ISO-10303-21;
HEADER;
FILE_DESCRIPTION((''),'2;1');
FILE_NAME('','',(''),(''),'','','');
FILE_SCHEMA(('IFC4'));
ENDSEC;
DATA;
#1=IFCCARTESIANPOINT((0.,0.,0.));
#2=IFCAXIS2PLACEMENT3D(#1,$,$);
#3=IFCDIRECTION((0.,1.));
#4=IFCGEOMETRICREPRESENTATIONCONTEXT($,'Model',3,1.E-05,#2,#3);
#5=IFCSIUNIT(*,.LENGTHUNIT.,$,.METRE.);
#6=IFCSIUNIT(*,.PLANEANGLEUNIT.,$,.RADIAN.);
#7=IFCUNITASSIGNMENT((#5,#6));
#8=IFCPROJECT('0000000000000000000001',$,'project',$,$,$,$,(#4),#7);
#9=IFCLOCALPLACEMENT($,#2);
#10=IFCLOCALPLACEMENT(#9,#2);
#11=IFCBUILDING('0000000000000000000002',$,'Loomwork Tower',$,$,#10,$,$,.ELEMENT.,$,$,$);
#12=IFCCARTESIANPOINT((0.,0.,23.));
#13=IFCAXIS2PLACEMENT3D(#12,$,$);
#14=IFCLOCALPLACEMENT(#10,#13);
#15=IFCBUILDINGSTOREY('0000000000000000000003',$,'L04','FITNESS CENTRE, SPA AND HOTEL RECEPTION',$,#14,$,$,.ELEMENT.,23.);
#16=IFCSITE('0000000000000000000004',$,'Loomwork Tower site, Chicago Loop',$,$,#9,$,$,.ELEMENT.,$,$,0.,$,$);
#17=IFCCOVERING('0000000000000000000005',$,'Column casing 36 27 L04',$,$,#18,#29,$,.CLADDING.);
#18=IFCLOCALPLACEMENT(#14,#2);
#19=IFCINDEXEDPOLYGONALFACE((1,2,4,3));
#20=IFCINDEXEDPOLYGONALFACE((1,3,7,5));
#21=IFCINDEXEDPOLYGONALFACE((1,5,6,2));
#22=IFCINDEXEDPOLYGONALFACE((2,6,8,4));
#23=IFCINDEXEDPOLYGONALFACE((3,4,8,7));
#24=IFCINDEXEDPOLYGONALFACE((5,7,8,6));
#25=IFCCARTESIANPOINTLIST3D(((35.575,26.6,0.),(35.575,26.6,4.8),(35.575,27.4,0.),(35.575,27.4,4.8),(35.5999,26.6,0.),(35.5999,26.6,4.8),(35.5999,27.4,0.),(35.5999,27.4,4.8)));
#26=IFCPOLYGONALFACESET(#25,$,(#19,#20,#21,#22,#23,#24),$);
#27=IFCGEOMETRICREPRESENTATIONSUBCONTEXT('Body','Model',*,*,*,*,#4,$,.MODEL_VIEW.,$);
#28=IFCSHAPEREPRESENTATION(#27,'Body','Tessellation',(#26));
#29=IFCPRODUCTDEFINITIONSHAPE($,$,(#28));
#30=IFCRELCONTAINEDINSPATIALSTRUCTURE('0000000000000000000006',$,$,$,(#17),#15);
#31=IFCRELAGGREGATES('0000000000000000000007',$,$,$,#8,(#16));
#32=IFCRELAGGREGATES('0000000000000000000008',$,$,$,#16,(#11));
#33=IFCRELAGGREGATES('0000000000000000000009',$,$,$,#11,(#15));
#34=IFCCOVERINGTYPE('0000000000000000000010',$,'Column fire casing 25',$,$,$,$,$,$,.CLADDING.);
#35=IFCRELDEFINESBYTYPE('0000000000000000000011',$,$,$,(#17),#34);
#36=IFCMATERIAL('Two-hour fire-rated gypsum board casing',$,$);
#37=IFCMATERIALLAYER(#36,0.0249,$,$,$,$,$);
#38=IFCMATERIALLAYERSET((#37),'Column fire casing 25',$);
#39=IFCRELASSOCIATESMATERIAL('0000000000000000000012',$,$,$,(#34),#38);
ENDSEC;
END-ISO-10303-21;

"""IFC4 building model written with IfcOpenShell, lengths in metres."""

from ifc_helpers import new_model, si_unit, direction, frame, origin, origin_2d, place, context, subcontext, project, spatial, rectangle, extrude, material, layer, layer_set, type_object, element, save


model = new_model("IFC4")

# Units and contexts
model_context = context("Model", 3, precision=1e-05, world=origin(), true_north=direction((0.0, 1.0)))
body_context = subcontext(model_context, "Body", "Model", "MODEL_VIEW")
ifc_project = project(units=[si_unit("LENGTHUNIT", "METRE"), si_unit("PLANEANGLEUNIT", "RADIAN")], contexts=[model_context])

# Site, building, storey
site_placement = place(None, origin())
site = spatial("IfcSite", under=ifc_project, at=site_placement, Name="Loomwork Tower site, Chicago Loop", CompositionType="ELEMENT", RefElevation=0.0)
building_placement = place(site_placement, origin())
building = spatial("IfcBuilding", under=site, at=building_placement, Name="Loomwork Tower", CompositionType="ELEMENT")
storey_placement = place(building_placement, frame((0.0, 0.0, 23.0)))
storey = spatial("IfcBuildingStorey", under=building, at=storey_placement, Name="L04", Description="FITNESS CENTRE, SPA AND HOTEL RECEPTION", CompositionType="ELEMENT", Elevation=23.0)

# Covering
ifc_material_1 = material(Name="Two-hour fire-rated gypsum board casing")
ifc_layer_1 = layer(ifc_material_1, 0.0249)
ifc_layer_set_1 = layer_set([ifc_layer_1], Name="Column fire casing 25")
covering_type = type_object("IfcCoveringType", Name="Column fire casing 25", PredefinedType="CLADDING", material=ifc_layer_set_1)
for number, where, z_axis, x_axis, name in (
    (1, (35.5874, 27.0, 0.0), (0.0, 0.0, 1.0), (1.0, 0.0, 0.0), "Column casing 36 27 L04"),
):
    element("IfcCovering", number, at=place(storey_placement, frame(where, z_axis=z_axis, x_axis=x_axis)), inside=storey, type_object=covering_type, Name=name, PredefinedType="CLADDING", context=body_context, shape_type="SweptSolid", body=[
        extrude(rectangle(XDim=0.0249, YDim=0.8, at=origin_2d()), origin(), (0.0, 0.0, 1.0), 4.8),
    ])

save(model, "model.ifc")
